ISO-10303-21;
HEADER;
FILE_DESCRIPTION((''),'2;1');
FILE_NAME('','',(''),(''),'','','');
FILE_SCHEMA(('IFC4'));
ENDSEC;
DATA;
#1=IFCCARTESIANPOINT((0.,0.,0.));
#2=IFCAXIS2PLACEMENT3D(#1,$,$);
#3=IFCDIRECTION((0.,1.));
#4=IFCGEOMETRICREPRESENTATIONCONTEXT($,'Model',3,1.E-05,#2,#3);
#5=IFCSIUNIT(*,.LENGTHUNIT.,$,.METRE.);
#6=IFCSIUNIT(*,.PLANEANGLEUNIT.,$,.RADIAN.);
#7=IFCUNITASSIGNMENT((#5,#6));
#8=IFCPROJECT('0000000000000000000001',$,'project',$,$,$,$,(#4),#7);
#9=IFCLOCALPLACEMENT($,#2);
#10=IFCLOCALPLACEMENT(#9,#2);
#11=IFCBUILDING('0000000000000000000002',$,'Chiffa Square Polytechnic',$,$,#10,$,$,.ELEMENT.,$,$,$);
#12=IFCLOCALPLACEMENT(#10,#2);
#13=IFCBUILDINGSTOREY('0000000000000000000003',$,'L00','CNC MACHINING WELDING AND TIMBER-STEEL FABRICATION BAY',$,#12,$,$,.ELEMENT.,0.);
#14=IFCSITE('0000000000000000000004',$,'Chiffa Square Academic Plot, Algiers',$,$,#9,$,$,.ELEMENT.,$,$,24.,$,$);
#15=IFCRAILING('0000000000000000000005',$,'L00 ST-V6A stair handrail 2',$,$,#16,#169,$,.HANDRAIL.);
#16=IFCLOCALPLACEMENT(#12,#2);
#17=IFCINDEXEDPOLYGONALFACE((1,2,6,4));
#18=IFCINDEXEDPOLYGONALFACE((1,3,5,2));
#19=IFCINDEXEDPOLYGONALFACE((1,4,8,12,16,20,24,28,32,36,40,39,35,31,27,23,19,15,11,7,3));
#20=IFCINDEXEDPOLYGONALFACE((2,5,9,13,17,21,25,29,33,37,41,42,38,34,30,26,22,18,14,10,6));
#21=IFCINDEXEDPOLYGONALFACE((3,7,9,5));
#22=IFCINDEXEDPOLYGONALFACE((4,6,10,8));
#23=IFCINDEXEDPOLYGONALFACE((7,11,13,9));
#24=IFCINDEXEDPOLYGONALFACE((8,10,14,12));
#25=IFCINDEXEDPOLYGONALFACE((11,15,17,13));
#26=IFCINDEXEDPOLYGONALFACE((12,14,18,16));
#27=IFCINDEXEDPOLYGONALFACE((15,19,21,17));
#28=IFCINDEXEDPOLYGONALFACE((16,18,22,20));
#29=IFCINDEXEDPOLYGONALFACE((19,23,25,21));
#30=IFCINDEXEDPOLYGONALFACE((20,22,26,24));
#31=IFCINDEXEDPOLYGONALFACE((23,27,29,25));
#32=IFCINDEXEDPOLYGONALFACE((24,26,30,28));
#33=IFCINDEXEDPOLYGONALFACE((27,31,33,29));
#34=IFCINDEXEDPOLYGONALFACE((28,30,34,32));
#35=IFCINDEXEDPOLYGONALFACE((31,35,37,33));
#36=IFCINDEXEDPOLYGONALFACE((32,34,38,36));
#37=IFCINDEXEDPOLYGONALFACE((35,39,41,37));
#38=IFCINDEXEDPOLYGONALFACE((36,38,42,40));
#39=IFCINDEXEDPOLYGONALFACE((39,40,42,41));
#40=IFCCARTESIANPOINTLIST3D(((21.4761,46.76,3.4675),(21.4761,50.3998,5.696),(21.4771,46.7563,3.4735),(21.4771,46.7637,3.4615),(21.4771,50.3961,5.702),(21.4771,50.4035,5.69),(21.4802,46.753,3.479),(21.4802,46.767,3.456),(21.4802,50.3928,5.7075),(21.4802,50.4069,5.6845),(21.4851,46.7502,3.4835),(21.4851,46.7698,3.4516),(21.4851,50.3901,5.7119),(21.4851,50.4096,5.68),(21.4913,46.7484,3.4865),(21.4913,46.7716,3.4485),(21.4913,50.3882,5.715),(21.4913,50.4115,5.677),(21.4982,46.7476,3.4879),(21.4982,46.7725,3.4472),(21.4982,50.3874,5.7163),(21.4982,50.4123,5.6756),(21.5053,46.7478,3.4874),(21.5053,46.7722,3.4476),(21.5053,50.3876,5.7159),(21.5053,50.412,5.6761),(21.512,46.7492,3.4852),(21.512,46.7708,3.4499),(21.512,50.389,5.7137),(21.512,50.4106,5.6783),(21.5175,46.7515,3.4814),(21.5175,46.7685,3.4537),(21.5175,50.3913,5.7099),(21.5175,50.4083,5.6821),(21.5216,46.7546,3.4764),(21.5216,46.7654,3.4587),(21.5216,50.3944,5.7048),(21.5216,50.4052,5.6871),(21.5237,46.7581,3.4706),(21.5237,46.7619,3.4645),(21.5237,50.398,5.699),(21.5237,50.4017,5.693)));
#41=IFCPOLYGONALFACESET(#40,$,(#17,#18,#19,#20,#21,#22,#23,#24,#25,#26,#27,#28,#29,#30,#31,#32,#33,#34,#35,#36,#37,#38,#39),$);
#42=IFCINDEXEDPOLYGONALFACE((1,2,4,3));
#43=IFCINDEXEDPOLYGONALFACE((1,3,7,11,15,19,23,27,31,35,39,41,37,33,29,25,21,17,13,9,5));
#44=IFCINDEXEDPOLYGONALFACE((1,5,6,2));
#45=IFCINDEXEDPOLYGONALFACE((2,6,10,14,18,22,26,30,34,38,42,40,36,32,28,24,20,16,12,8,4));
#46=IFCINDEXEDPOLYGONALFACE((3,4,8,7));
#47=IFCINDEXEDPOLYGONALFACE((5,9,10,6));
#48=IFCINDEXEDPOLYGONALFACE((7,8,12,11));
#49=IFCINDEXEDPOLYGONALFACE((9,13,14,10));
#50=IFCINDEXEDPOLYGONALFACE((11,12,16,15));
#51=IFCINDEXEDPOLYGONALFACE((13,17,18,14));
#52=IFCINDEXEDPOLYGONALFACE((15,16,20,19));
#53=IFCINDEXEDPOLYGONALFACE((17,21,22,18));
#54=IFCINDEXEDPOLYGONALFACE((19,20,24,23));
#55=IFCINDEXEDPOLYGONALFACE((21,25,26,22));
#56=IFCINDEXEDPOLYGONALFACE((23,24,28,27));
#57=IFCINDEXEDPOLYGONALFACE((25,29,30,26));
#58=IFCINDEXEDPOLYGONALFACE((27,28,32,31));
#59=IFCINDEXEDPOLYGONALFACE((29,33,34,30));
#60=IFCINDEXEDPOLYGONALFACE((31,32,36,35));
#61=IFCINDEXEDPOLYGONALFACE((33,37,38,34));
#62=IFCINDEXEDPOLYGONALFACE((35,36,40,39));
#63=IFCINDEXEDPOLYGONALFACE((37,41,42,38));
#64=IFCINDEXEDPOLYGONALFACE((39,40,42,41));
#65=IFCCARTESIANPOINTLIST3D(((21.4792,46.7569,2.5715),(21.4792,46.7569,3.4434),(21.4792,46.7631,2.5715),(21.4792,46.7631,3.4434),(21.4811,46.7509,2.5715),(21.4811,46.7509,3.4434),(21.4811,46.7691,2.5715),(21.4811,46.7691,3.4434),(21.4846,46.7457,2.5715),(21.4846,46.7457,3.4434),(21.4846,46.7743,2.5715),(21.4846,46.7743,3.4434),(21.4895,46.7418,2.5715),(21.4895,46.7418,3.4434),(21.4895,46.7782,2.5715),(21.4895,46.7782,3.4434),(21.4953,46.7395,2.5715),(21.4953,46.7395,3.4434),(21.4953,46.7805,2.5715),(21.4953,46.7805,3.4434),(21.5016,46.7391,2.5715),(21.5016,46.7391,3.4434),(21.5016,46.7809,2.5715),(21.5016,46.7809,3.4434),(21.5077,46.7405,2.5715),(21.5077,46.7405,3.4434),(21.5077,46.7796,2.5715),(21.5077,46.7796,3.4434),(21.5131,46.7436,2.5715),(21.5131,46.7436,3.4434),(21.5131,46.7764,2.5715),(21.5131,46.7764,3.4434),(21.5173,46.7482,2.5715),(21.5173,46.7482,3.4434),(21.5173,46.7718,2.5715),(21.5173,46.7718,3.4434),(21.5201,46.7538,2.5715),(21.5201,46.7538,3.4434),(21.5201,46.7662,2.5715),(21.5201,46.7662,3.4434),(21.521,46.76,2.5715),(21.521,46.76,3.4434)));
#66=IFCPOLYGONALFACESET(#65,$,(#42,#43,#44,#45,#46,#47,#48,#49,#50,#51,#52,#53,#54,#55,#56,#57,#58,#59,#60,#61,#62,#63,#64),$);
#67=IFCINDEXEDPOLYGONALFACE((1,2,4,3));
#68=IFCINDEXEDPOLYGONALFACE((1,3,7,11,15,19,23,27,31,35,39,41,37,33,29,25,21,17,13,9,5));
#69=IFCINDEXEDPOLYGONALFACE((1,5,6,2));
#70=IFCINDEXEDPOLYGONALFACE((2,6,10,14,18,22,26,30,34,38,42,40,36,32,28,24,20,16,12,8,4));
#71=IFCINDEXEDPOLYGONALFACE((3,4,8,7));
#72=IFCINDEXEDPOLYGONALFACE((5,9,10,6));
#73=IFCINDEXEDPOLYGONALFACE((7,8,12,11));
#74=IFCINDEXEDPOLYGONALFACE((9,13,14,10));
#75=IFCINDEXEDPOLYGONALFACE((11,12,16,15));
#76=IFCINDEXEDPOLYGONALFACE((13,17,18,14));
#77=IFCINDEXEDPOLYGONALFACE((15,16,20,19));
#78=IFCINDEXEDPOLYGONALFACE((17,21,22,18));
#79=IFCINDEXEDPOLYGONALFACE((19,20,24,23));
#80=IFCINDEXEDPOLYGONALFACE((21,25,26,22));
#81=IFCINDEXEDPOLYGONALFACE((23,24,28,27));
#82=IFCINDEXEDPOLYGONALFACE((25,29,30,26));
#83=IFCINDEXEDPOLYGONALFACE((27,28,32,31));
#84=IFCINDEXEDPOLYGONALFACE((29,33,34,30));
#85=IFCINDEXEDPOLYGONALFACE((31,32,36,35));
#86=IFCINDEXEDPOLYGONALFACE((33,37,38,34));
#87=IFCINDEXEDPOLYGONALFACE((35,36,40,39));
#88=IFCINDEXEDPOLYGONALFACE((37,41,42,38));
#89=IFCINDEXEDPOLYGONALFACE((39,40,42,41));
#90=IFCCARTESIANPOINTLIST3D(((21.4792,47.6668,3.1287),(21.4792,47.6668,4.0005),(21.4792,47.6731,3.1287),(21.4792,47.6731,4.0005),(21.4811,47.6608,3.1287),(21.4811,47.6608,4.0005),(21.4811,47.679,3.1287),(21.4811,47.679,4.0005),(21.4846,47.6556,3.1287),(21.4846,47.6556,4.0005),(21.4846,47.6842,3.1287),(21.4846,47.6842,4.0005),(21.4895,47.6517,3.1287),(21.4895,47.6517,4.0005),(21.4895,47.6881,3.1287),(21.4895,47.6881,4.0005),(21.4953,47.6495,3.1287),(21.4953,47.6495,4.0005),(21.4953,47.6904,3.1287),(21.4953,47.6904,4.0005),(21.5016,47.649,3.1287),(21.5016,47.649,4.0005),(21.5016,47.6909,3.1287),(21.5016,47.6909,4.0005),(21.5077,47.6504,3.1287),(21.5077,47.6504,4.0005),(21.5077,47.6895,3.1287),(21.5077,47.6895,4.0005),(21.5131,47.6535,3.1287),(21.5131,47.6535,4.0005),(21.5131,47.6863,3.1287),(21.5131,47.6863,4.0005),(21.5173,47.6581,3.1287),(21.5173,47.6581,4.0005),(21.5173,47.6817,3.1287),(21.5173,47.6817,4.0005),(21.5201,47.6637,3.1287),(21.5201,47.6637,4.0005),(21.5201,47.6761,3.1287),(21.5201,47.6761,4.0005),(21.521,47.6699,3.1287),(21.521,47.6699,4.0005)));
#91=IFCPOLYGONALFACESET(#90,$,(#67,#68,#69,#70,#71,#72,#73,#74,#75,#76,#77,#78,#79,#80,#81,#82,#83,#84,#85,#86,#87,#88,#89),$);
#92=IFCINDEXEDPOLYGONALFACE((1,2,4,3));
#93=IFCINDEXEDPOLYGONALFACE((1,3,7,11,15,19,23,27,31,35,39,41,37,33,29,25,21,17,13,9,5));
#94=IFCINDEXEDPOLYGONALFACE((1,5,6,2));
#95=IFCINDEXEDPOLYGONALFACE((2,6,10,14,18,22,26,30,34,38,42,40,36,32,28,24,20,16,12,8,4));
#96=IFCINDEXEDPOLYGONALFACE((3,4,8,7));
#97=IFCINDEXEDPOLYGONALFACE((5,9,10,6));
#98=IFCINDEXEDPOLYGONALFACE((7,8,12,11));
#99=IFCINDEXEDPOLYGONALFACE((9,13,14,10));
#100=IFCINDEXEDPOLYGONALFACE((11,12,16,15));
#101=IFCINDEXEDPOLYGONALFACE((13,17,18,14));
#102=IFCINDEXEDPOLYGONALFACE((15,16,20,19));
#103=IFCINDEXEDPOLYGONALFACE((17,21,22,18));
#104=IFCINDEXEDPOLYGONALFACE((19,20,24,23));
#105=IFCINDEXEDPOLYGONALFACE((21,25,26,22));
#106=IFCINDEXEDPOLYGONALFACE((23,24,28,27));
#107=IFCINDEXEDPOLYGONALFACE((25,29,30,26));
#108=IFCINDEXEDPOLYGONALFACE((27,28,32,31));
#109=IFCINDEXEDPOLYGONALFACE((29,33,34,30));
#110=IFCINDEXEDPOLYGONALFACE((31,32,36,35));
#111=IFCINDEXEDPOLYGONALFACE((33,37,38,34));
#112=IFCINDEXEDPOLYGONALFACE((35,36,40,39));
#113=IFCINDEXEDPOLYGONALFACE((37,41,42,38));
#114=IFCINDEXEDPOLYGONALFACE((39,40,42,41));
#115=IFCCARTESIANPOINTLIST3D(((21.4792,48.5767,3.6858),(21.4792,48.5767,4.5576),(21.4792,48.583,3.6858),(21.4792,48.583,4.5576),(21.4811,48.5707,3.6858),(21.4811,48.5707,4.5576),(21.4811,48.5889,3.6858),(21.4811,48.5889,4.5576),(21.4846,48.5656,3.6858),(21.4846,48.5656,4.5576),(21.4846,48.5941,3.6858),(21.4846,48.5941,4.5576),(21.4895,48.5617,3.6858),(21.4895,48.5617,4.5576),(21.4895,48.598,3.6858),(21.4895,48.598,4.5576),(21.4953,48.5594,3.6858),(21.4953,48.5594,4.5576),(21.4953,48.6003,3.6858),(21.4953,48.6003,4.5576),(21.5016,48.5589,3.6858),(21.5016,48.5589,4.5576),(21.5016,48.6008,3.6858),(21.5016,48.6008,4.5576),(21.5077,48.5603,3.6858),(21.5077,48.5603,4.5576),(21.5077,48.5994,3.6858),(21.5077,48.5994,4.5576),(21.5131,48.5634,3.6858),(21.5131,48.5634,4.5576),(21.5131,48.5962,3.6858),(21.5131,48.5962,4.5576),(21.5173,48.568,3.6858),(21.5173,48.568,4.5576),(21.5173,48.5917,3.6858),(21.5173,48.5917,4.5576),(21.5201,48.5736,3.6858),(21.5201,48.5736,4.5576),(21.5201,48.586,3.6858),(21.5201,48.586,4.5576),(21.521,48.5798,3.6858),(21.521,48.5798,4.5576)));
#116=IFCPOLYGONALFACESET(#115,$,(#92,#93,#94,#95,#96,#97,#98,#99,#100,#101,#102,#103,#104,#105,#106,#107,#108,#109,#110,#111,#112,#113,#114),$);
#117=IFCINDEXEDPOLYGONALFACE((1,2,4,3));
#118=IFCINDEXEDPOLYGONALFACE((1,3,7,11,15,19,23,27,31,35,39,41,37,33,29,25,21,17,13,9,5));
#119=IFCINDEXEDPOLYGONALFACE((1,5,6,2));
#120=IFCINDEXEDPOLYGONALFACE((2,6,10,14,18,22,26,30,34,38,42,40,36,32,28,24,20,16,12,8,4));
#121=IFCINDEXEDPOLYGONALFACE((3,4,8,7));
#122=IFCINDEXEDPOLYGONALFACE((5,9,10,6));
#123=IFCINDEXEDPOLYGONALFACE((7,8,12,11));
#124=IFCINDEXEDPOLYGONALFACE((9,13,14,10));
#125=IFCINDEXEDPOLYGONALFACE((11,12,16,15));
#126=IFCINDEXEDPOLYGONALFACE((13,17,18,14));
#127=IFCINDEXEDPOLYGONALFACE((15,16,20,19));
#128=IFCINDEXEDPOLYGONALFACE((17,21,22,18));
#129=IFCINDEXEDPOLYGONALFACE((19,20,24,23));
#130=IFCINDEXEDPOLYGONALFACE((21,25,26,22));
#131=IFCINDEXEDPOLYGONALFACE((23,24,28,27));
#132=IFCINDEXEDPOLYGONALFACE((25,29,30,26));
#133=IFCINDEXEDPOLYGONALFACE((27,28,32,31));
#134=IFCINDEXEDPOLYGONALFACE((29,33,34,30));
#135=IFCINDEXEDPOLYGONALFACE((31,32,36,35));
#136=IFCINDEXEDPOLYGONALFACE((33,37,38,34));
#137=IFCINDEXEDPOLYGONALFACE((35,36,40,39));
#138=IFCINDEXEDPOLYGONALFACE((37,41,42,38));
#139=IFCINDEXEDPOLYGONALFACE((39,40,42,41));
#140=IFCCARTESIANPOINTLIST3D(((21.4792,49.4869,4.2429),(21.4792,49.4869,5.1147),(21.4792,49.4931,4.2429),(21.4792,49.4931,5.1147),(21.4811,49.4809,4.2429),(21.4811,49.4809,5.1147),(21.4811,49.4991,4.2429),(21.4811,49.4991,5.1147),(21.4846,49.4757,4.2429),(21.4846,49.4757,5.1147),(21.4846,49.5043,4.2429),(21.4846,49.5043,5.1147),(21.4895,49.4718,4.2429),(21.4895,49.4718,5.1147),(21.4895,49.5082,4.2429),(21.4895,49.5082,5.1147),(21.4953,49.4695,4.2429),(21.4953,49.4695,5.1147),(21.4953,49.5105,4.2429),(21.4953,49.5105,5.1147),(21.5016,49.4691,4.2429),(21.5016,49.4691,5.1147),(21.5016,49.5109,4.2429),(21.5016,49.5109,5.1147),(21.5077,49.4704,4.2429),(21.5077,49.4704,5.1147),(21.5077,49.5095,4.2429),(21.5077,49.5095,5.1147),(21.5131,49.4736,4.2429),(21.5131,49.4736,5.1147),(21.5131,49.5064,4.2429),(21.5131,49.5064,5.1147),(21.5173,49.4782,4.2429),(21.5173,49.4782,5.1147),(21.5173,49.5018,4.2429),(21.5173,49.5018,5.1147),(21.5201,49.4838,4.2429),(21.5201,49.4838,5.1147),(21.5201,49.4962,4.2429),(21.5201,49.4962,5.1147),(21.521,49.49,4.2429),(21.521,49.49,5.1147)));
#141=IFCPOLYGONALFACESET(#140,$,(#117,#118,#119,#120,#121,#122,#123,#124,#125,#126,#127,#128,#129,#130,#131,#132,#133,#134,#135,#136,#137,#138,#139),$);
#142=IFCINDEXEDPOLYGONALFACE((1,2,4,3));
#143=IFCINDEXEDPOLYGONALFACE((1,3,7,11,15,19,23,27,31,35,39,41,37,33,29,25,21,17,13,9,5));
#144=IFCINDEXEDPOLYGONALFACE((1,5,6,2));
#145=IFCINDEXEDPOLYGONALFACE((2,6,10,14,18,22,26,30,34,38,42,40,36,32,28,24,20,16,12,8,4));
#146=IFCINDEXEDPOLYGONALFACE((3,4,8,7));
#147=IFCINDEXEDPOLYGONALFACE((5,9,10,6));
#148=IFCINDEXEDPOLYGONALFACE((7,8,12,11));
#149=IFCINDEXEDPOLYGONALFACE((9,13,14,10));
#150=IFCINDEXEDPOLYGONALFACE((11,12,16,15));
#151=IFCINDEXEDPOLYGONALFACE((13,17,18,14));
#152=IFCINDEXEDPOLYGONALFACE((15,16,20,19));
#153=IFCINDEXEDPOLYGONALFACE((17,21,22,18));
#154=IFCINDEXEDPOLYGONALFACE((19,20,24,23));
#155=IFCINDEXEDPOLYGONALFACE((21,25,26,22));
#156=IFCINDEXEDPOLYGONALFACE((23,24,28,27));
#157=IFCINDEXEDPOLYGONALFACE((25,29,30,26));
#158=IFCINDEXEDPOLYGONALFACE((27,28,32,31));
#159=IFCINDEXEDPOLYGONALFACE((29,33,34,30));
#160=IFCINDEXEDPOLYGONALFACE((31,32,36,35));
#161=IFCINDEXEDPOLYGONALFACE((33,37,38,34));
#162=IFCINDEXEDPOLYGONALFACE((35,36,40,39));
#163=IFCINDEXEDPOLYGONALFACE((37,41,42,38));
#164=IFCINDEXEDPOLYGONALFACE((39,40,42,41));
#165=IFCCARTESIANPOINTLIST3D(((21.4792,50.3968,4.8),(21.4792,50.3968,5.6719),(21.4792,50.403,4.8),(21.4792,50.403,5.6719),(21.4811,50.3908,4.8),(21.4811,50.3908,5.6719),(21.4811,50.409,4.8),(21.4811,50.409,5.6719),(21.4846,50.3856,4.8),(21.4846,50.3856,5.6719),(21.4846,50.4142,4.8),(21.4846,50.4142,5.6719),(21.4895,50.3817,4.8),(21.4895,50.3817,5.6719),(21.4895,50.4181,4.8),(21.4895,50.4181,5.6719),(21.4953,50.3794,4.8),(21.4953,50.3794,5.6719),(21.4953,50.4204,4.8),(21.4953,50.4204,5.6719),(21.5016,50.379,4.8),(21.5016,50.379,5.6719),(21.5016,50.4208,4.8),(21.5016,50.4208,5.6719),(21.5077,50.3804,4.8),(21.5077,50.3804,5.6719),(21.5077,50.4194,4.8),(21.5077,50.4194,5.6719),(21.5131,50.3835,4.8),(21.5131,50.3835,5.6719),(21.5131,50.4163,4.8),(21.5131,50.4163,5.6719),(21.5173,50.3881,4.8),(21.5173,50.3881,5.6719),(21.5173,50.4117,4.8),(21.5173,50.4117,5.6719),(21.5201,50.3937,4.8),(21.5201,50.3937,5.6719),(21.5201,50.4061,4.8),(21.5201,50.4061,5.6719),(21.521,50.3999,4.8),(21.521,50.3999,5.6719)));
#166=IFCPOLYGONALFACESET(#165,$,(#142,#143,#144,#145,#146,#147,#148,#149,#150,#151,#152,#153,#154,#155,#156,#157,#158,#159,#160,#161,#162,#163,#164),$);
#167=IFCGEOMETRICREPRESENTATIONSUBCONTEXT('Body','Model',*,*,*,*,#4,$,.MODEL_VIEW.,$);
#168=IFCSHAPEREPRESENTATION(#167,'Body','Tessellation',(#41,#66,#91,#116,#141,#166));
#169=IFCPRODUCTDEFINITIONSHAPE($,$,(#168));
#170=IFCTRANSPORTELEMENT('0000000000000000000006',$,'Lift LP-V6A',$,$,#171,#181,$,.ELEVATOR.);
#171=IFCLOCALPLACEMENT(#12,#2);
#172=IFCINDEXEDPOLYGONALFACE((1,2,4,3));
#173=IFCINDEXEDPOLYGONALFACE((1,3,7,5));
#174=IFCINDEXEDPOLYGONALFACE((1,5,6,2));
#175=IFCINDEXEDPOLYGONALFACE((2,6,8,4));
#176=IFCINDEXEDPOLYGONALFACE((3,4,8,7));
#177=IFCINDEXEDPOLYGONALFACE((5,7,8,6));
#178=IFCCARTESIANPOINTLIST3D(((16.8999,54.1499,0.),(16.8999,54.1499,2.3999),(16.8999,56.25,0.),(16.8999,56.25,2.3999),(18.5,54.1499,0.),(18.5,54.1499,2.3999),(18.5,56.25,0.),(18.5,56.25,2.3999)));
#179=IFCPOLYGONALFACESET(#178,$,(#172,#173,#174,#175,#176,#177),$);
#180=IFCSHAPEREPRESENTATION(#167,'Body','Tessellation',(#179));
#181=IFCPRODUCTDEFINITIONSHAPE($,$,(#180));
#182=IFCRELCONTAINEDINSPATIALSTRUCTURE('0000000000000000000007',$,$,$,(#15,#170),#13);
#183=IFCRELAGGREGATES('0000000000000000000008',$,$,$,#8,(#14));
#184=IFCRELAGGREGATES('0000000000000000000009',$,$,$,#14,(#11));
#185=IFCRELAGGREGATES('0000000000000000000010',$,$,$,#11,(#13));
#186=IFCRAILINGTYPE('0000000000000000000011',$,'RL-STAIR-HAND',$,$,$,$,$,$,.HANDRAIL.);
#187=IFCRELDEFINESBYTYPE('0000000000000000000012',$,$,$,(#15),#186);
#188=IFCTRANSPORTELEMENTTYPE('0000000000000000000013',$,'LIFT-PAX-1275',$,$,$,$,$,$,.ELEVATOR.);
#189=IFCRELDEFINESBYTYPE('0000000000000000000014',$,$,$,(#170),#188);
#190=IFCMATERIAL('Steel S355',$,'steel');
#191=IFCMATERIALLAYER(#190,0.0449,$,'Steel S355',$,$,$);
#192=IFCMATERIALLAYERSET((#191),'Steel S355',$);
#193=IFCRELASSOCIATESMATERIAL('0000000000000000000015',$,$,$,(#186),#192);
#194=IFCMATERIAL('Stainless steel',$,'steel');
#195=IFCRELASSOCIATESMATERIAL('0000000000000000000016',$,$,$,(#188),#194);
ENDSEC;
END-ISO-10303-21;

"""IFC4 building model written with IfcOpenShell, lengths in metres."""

from ifc_helpers import new_model, si_unit, direction, frame, origin, origin_2d, place, context, subcontext, project, spatial, rectangle, circle, extrude, material, layer, layer_set, type_object, element, save


model = new_model("IFC4")

# Units and contexts
model_context = context("Model", 3, precision=1e-05, world=origin(), true_north=direction((0.0, 1.0)))
body_context = subcontext(model_context, "Body", "Model", "MODEL_VIEW")
ifc_project = project(units=[si_unit("LENGTHUNIT", "METRE"), si_unit("PLANEANGLEUNIT", "RADIAN")], contexts=[model_context])

# Site, building, storey
site_placement = place(None, origin())
site = spatial("IfcSite", under=ifc_project, at=site_placement, Name="Chiffa Square Academic Plot, Algiers", CompositionType="ELEMENT", RefElevation=24.0)
building_placement = place(site_placement, origin())
building = spatial("IfcBuilding", under=site, at=building_placement, Name="Chiffa Square Polytechnic", CompositionType="ELEMENT")
storey_placement = place(building_placement, origin())
storey = spatial("IfcBuildingStorey", under=building, at=storey_placement, Name="L00", Description="CNC MACHINING WELDING AND TIMBER-STEEL FABRICATION BAY", CompositionType="ELEMENT", Elevation=0.0)

# Railing
ifc_material_1 = material(Name="Steel S355", Category="steel")
ifc_layer_1 = layer(ifc_material_1, 0.0449, Name="Steel S355")
ifc_layer_set_1 = layer_set([ifc_layer_1], Name="Steel S355")
railing_type_1 = type_object("IfcRailingType", Name="RL-STAIR-HAND", PredefinedType="HANDRAIL", material=ifc_layer_set_1)
railing_1_placement = place(storey_placement, frame((21.5, 46.76, 2.5715)))
element("IfcRailing", 1, at=railing_1_placement, inside=storey, type_object=railing_type_1, Name="L00 ST-V6A stair handrail 2", PredefinedType="HANDRAIL", context=body_context, shape_type="SweptSolid", body=[
    extrude(circle(Radius=0.0239, at=origin_2d()), frame((0.0, 0.0, 0.896), z_axis=(0.0, 0.85285, 0.522156), x_axis=(-1.0, 0.0, 0.0)), (0.0, 0.0, 1.0), 4.2678),
    extrude(circle(Radius=0.021, at=origin_2d()), origin(), (0.0, 0.0, 1.0), 0.8718),
    extrude(circle(Radius=0.021, at=origin_2d()), frame((0.0, 0.9099, 0.5571)), (0.0, 0.0, 1.0), 0.8718),
    extrude(circle(Radius=0.021, at=origin_2d()), frame((0.0, 1.8198, 1.1143)), (0.0, 0.0, 1.0), 0.8718),
    extrude(circle(Radius=0.021, at=origin_2d()), frame((0.0, 2.73, 1.6714)), (0.0, 0.0, 1.0), 0.8718),
    extrude(circle(Radius=0.021, at=origin_2d()), frame((0.0, 3.6399, 2.2285)), (0.0, 0.0, 1.0), 0.8718),
])

# Transport element
ifc_material_2 = material(Name="Stainless steel", Category="steel")
transport_element_type = type_object("IfcTransportElementType", Name="LIFT-PAX-1275", PredefinedType="ELEVATOR", material=ifc_material_2)
transport_element_placement = place(storey_placement, frame((17.7, 55.2, 0.0), z_axis=(0.0, 0.0, 1.0), x_axis=(1.0, 0.0, 0.0)))
element("IfcTransportElement", 2, at=transport_element_placement, inside=storey, type_object=transport_element_type, Name="Lift LP-V6A", PredefinedType="ELEVATOR", context=body_context, shape_type="SweptSolid", body=[
    extrude(rectangle(XDim=1.6001, YDim=2.1001, at=origin_2d()), origin(), (0.0, 0.0, 1.0), 2.3999),
])

save(model, "model.ifc")
